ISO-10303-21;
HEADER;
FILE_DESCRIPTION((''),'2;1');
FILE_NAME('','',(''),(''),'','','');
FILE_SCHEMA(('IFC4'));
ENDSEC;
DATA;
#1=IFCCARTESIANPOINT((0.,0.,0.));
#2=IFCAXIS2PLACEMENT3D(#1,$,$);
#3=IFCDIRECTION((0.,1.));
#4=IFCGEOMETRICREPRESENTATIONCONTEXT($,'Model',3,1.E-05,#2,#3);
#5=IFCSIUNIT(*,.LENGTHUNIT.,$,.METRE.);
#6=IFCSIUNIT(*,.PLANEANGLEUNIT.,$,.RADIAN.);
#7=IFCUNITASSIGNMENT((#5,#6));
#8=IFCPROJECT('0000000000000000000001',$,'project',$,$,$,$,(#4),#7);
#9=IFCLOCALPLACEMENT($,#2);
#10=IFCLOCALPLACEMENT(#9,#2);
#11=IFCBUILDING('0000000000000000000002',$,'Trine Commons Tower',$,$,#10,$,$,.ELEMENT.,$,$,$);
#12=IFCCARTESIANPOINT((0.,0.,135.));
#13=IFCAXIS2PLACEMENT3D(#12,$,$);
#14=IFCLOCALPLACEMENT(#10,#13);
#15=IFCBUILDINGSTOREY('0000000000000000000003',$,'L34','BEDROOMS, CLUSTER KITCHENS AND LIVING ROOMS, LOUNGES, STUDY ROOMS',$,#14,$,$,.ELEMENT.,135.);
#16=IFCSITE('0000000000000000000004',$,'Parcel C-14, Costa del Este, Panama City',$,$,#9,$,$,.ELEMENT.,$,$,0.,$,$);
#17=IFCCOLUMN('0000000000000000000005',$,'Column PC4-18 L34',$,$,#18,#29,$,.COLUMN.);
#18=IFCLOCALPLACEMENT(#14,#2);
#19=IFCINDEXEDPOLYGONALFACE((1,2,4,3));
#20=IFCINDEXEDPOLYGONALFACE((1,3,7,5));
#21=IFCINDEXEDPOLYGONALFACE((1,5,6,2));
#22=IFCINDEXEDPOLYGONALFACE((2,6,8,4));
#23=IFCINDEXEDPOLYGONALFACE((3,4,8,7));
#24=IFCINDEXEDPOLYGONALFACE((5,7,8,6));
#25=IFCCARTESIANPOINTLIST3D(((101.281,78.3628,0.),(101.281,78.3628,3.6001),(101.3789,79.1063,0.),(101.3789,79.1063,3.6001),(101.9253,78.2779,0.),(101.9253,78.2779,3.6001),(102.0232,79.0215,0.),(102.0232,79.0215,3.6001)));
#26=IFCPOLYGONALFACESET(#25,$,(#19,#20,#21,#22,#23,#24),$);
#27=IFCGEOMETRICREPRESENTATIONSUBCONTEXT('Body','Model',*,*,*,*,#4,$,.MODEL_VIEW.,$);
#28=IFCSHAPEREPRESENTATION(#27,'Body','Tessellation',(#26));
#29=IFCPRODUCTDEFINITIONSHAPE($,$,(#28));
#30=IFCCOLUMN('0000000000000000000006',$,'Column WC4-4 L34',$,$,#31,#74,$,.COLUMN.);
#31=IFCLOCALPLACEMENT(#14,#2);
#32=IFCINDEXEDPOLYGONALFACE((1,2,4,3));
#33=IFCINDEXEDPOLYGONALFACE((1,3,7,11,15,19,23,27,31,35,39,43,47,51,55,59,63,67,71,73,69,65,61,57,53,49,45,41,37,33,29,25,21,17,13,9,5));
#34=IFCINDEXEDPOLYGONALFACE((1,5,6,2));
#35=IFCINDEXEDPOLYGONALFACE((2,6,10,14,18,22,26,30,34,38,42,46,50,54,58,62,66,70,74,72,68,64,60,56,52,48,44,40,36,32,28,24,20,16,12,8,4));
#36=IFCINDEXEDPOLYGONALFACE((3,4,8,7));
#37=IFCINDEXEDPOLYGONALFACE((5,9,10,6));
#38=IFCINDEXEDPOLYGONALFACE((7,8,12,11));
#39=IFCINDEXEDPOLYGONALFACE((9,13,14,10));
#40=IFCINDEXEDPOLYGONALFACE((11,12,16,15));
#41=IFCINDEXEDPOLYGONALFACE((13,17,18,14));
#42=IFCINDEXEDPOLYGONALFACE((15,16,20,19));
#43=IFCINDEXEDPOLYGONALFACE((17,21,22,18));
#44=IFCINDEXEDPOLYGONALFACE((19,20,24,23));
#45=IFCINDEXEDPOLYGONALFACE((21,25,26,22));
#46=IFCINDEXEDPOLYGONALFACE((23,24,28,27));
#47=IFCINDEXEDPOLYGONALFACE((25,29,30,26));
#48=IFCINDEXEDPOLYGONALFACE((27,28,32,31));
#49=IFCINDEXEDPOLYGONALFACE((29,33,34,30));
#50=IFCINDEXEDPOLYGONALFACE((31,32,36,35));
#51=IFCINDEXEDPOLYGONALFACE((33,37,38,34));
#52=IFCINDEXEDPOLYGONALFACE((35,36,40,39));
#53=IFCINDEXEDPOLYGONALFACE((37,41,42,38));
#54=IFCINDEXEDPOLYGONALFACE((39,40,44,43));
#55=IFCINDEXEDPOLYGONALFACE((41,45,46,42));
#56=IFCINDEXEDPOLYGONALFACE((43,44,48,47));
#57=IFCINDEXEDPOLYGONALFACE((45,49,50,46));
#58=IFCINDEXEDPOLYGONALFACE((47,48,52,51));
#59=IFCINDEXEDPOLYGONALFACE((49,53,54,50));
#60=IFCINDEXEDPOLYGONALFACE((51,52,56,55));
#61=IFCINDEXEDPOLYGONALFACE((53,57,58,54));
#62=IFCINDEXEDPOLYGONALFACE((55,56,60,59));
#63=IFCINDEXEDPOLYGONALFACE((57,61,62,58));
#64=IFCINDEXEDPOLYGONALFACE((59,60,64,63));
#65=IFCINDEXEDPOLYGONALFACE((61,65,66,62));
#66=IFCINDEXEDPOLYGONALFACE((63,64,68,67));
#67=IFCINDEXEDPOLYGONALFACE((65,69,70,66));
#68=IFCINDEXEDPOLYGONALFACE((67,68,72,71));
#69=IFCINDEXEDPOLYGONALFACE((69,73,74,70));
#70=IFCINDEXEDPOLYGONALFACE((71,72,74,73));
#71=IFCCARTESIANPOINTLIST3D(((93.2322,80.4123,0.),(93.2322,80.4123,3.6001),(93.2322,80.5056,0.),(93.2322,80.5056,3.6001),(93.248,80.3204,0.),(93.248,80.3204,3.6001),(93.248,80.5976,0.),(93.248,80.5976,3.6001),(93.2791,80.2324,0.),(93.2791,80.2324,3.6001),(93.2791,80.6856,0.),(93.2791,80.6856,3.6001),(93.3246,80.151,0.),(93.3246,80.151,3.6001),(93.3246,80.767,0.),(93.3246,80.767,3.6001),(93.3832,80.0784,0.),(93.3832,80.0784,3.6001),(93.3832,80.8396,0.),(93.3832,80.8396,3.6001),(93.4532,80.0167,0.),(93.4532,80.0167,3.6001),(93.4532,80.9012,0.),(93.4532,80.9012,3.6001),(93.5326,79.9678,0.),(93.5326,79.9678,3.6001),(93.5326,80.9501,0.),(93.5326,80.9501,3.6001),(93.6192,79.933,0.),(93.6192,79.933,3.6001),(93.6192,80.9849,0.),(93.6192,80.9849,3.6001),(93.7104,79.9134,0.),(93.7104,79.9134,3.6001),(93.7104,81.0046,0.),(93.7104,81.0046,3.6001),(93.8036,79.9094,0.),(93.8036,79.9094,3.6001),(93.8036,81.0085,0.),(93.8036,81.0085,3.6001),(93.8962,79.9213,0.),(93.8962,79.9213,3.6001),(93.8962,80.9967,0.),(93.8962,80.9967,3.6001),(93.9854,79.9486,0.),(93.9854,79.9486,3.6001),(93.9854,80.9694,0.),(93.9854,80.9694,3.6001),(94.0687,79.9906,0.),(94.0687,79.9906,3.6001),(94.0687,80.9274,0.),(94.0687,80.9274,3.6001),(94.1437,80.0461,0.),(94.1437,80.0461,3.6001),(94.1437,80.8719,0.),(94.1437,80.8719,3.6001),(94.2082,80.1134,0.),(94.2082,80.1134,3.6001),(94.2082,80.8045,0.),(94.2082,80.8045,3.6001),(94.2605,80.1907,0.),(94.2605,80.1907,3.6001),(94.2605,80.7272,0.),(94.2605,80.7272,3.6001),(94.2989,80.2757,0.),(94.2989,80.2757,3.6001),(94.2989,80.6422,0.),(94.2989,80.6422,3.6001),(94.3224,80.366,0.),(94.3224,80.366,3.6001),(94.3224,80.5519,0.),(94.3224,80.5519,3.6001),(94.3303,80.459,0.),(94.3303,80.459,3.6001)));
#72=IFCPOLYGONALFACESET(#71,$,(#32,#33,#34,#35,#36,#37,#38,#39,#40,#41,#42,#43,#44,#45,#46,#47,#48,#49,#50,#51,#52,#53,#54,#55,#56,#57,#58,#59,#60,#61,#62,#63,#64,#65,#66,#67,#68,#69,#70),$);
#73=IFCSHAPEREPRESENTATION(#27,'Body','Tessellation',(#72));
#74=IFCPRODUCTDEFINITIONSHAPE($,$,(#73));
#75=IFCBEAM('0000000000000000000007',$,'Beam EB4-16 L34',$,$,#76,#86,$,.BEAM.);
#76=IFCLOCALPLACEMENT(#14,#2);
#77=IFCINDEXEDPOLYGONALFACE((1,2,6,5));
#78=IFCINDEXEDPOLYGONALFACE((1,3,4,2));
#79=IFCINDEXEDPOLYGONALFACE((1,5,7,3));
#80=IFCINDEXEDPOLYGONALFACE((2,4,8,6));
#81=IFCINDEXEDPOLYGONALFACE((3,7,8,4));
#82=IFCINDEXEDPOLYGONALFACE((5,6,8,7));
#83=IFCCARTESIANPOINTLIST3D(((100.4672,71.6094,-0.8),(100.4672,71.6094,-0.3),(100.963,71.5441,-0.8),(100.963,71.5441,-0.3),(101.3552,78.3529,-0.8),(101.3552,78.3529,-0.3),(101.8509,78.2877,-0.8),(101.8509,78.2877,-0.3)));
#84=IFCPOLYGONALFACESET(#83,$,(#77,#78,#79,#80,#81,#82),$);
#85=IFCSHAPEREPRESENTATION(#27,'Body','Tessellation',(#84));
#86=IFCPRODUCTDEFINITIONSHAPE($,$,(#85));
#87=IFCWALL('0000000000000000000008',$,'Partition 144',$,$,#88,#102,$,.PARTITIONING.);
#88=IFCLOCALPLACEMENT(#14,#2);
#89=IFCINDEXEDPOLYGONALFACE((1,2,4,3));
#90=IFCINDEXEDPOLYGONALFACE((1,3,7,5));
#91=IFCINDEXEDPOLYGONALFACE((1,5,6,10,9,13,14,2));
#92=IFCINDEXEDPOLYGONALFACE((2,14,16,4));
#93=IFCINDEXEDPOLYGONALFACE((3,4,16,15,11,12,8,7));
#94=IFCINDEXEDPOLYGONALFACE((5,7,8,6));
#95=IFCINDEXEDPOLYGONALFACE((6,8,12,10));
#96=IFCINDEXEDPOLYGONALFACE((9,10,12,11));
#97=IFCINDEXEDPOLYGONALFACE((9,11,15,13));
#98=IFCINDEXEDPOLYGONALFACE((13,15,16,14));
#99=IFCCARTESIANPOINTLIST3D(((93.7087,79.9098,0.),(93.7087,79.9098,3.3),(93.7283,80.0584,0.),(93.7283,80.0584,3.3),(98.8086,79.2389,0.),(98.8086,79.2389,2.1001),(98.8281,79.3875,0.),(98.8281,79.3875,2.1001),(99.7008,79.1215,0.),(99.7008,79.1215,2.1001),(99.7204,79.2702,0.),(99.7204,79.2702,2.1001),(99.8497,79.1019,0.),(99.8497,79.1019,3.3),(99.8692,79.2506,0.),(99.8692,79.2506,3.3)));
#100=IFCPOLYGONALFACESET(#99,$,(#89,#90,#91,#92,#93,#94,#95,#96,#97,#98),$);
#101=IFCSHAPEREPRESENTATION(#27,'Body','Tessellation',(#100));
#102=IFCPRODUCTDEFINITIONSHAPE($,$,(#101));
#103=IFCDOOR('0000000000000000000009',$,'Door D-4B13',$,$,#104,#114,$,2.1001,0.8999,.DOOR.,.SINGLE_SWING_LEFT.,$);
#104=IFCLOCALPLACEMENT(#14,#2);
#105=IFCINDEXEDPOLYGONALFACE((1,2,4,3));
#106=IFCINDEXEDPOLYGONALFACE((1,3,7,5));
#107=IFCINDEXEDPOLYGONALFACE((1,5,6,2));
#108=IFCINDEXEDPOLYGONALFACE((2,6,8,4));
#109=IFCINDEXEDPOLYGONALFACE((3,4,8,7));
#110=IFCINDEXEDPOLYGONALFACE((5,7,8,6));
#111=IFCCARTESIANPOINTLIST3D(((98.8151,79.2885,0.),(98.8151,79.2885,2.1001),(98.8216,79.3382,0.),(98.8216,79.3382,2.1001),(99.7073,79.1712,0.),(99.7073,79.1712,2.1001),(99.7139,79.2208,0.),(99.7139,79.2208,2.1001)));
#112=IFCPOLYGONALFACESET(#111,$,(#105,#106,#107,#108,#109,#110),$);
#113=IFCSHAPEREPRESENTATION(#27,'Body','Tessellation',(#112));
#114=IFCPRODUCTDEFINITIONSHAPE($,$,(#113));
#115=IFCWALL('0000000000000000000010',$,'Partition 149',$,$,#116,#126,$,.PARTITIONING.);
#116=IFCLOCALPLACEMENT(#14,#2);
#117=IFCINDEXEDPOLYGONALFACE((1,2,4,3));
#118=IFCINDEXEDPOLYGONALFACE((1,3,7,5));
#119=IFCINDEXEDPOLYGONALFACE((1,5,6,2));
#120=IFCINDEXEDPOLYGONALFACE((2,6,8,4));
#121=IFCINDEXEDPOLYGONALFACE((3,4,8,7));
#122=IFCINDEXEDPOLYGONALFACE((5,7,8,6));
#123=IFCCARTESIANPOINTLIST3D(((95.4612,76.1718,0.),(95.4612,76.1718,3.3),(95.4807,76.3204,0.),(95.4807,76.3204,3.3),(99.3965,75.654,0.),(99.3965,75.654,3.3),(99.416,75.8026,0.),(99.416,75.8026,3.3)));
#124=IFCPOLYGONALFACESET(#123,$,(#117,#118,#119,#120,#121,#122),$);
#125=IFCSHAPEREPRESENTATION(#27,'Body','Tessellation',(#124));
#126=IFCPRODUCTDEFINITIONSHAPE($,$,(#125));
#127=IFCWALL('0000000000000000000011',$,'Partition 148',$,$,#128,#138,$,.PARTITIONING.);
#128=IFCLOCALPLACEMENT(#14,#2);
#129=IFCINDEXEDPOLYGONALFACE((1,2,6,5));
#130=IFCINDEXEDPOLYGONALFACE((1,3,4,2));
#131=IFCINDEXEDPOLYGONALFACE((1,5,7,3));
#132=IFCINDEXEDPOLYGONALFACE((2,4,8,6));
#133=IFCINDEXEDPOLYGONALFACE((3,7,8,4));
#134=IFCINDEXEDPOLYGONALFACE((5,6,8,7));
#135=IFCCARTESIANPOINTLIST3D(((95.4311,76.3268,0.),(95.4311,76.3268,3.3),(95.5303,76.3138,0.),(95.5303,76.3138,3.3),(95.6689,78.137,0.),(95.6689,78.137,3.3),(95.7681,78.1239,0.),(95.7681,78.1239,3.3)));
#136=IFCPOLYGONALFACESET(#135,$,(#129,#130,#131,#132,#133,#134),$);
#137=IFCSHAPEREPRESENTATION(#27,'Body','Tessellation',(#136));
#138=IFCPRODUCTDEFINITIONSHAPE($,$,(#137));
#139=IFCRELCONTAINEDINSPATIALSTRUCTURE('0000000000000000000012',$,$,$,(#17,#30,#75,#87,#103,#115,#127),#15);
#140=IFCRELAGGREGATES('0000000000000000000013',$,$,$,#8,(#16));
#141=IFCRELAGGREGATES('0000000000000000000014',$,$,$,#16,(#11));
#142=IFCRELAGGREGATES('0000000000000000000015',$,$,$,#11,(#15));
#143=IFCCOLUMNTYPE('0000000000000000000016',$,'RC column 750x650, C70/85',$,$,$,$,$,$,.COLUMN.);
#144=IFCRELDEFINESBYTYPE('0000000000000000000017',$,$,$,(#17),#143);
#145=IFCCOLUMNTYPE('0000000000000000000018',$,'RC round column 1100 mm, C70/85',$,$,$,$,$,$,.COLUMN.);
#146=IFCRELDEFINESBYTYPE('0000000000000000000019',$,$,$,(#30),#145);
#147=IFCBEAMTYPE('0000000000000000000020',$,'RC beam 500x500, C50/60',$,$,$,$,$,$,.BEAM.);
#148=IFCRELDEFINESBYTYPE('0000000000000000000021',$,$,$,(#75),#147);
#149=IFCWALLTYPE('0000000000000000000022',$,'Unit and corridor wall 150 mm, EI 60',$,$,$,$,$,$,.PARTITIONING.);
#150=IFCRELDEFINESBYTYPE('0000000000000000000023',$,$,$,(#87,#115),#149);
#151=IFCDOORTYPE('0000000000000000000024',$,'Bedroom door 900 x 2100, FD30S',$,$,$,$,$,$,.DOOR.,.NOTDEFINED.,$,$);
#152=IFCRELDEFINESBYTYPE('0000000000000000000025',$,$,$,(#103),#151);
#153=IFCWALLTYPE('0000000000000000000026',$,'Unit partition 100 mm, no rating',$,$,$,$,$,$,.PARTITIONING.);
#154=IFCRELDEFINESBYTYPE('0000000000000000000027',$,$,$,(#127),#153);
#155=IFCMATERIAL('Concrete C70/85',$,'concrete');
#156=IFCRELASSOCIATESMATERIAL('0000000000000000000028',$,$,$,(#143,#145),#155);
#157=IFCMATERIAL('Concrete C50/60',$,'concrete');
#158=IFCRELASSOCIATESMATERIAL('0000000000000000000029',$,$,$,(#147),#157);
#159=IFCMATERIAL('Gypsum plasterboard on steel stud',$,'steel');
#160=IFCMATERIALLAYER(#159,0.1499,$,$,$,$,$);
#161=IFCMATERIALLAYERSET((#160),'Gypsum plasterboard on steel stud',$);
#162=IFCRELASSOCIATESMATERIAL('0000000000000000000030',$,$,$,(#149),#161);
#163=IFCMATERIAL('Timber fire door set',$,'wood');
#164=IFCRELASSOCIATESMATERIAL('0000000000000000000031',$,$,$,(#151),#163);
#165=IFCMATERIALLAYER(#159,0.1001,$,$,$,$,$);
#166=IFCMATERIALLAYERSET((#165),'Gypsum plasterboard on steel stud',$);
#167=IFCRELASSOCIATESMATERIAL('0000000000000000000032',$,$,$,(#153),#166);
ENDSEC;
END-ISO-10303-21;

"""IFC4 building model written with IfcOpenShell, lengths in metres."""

from ifc_helpers import new_model, si_unit, direction, frame, frame_2d, origin, origin_2d, place, context, subcontext, project, spatial, rectangle, circle, extrude, material, layer, layer_set, material_profile, profile_set, type_object, element, fill, save


model = new_model("IFC4")

# Units and contexts
model_context = context("Model", 3, precision=1e-05, world=origin(), true_north=direction((0.0, 1.0)))
body_context = subcontext(model_context, "Body", "Model", "MODEL_VIEW")
ifc_project = project(units=[si_unit("LENGTHUNIT", "METRE"), si_unit("PLANEANGLEUNIT", "RADIAN")], contexts=[model_context])

# Site, building, storey
site_placement = place(None, origin())
site = spatial("IfcSite", under=ifc_project, at=site_placement, Name="Parcel C-14, Costa del Este, Panama City", CompositionType="ELEMENT", RefElevation=0.0)
building_placement = place(site_placement, origin())
building = spatial("IfcBuilding", under=site, at=building_placement, Name="Trine Commons Tower", CompositionType="ELEMENT")
storey_placement = place(building_placement, frame((0.0, 0.0, 135.0)))
storey = spatial("IfcBuildingStorey", under=building, at=storey_placement, Name="L34", Description="BEDROOMS, CLUSTER KITCHENS AND LIVING ROOMS, LOUNGES, STUDY ROOMS", CompositionType="ELEMENT", Elevation=135.0)

# Columns
ifc_material_1 = material(Name="Concrete C70/85", Category="concrete")
ifc_material_profile_1 = material_profile(ifc_material_1, rectangle(XDim=0.75, YDim=0.6499, at=origin_2d()), Name="RC 750x650")
ifc_profile_set_1 = profile_set([ifc_material_profile_1], Name="Concrete C70/85")
column_type_1 = type_object("IfcColumnType", Name="RC column 750x650, C70/85", PredefinedType="COLUMN", material=ifc_profile_set_1)
column_1_placement = place(storey_placement, frame((101.6521, 78.6921, 0.0), z_axis=(0.0, 0.0, 1.0), x_axis=(0.130526, 0.991445, 0.0)))
element("IfcColumn", 1, at=column_1_placement, inside=storey, type_object=column_type_1, Name="Column PC4-18 L34", PredefinedType="COLUMN", context=body_context, shape_type="SweptSolid", body=[
    extrude(rectangle(XDim=0.75, YDim=0.6499, at=origin_2d()), origin(), (0.0, 0.0, 1.0), 3.6001),
])
ifc_material_profile_2 = material_profile(ifc_material_1, circle(Radius=0.55, at=origin_2d()), Name="RC round 1100")
ifc_profile_set_2 = profile_set([ifc_material_profile_2], Name="Concrete C70/85")
column_type_2 = type_object("IfcColumnType", Name="RC round column 1100 mm, C70/85", PredefinedType="COLUMN", material=ifc_profile_set_2)
column_2_placement = place(storey_placement, frame((93.7803, 80.459, 0.0), z_axis=(0.0, 0.0, 1.0), x_axis=(1.0, 0.0, 0.0)))
element("IfcColumn", 2, at=column_2_placement, inside=storey, type_object=column_type_2, Name="Column WC4-4 L34", PredefinedType="COLUMN", context=body_context, shape_type="SweptSolid", body=[
    extrude(circle(Radius=0.55, at=origin_2d()), origin(), (0.0, 0.0, 1.0), 3.6001),
])

# Beam
ifc_material_2 = material(Name="Concrete C50/60", Category="concrete")
ifc_material_profile_3 = material_profile(ifc_material_2, rectangle(XDim=0.5, YDim=0.5, at=origin_2d()), Name="RC 500x500")
ifc_profile_set_3 = profile_set([ifc_material_profile_3], Name="Concrete C50/60")
beam_type = type_object("IfcBeamType", Name="RC beam 500x500, C50/60", PredefinedType="BEAM", material=ifc_profile_set_3)
beam_placement = place(storey_placement, frame((101.603, 78.3203, -0.55), z_axis=(-0.130544, -0.991443, 0.0), x_axis=(0.991443, -0.130544, 0.0)))
element("IfcBeam", 3, at=beam_placement, inside=storey, type_object=beam_type, Name="Beam EB4-16 L34", PredefinedType="BEAM", context=body_context, shape_type="SweptSolid", body=[
    extrude(rectangle(XDim=0.5, YDim=0.5, at=origin_2d()), origin(), (0.0, 0.0, 1.0), 6.8018),
])

# Wall, opening, door
ifc_material_3 = material(Name="Gypsum plasterboard on steel stud", Category="steel")
ifc_layer_1 = layer(ifc_material_3, 0.1499)
ifc_layer_set_1 = layer_set([ifc_layer_1], Name="Gypsum plasterboard on steel stud")
wall_type_1 = type_object("IfcWallType", Name="Unit and corridor wall 150 mm, EI 60", PredefinedType="PARTITIONING", material=ifc_layer_set_1)
wall_1_placement = place(storey_placement, frame((93.7185, 79.9841, 0.0), z_axis=(0.0, 0.0, 1.0), x_axis=(0.991457, -0.130431, 0.0)))
wall_1 = element("IfcWall", 4, at=wall_1_placement, inside=storey, type_object=wall_type_1, Name="Partition 144", PredefinedType="PARTITIONING", context=body_context, shape_type="SweptSolid", body=[
    extrude(rectangle(XDim=6.1938, YDim=0.1499, at=frame_2d((3.0969, 0.0))), origin(), (0.0, 0.0, 1.0), 3.3),
])
opening_placement = place(wall_1_placement, frame((5.1438, 0.0, 0.0)))
opening = element("IfcOpeningElement", 5, at=opening_placement, cuts=wall_1, PredefinedType="OPENING", context=body_context, shape_type="SweptSolid", body=[
    extrude(rectangle(XDim=0.8999, YDim=2.1001, at=frame_2d((0.45, 1.05))), frame((0.0, 0.085, 0.0), z_axis=(0.0, -1.0, 0.0), x_axis=(1.0, 0.0, 0.0)), (0.0, 0.0, 1.0), 0.1699),
])
ifc_material_4 = material(Name="Timber fire door set", Category="wood")
door_type = type_object("IfcDoorType", Name="Bedroom door 900 x 2100, FD30S", OperationType="NOTDEFINED", PredefinedType="DOOR", material=ifc_material_4)
door_placement = place(opening_placement, frame((0.8999, 0.0, 0.0), z_axis=(0.0, 0.0, 1.0), x_axis=(-1.0, 0.0, 0.0)))
door = element("IfcDoor", 6, at=door_placement, inside=storey, type_object=door_type, Name="Door D-4B13", OperationType="SINGLE_SWING_LEFT", OverallHeight=2.1001, OverallWidth=0.8999, PredefinedType="DOOR", context=body_context, shape_type="SweptSolid", body=[
    extrude(rectangle(XDim=0.8999, YDim=2.1001, at=frame_2d((0.45, 1.05))), frame((0.0, 0.0249, 0.0), z_axis=(0.0, -1.0, 0.0), x_axis=(1.0, 0.0, 0.0)), (0.0, 0.0, 1.0), 0.05),
])
fill(opening, door)

# Walls
wall_2_placement = place(storey_placement, frame((95.4709, 76.2461, 0.0), z_axis=(0.0, 0.0, 1.0), x_axis=(0.991454, -0.130459, 0.0)))
element("IfcWall", 7, at=wall_2_placement, inside=storey, type_object=wall_type_1, Name="Partition 149", PredefinedType="PARTITIONING", context=body_context, shape_type="SweptSolid", body=[
    extrude(rectangle(XDim=3.9692, YDim=0.1499, at=frame_2d((1.9846, 0.0))), origin(), (0.0, 0.0, 1.0), 3.3),
])
ifc_layer_2 = layer(ifc_material_3, 0.1001)
ifc_layer_set_2 = layer_set([ifc_layer_2], Name="Gypsum plasterboard on steel stud")
wall_type_2 = type_object("IfcWallType", Name="Unit partition 100 mm, no rating", PredefinedType="PARTITIONING", material=ifc_layer_set_2)
wall_3_placement = place(storey_placement, frame((95.4807, 76.3203, 0.0), z_axis=(0.0, 0.0, 1.0), x_axis=(0.130254, 0.991481, 0.0)))
element("IfcWall", 8, at=wall_3_placement, inside=storey, type_object=wall_type_2, Name="Partition 148", PredefinedType="PARTITIONING", context=body_context, shape_type="SweptSolid", body=[
    extrude(rectangle(XDim=1.8257, YDim=0.1001, at=frame_2d((0.9128, 0.0))), origin(), (0.0, 0.0, 1.0), 3.3),
])

save(model, "model.ifc")
